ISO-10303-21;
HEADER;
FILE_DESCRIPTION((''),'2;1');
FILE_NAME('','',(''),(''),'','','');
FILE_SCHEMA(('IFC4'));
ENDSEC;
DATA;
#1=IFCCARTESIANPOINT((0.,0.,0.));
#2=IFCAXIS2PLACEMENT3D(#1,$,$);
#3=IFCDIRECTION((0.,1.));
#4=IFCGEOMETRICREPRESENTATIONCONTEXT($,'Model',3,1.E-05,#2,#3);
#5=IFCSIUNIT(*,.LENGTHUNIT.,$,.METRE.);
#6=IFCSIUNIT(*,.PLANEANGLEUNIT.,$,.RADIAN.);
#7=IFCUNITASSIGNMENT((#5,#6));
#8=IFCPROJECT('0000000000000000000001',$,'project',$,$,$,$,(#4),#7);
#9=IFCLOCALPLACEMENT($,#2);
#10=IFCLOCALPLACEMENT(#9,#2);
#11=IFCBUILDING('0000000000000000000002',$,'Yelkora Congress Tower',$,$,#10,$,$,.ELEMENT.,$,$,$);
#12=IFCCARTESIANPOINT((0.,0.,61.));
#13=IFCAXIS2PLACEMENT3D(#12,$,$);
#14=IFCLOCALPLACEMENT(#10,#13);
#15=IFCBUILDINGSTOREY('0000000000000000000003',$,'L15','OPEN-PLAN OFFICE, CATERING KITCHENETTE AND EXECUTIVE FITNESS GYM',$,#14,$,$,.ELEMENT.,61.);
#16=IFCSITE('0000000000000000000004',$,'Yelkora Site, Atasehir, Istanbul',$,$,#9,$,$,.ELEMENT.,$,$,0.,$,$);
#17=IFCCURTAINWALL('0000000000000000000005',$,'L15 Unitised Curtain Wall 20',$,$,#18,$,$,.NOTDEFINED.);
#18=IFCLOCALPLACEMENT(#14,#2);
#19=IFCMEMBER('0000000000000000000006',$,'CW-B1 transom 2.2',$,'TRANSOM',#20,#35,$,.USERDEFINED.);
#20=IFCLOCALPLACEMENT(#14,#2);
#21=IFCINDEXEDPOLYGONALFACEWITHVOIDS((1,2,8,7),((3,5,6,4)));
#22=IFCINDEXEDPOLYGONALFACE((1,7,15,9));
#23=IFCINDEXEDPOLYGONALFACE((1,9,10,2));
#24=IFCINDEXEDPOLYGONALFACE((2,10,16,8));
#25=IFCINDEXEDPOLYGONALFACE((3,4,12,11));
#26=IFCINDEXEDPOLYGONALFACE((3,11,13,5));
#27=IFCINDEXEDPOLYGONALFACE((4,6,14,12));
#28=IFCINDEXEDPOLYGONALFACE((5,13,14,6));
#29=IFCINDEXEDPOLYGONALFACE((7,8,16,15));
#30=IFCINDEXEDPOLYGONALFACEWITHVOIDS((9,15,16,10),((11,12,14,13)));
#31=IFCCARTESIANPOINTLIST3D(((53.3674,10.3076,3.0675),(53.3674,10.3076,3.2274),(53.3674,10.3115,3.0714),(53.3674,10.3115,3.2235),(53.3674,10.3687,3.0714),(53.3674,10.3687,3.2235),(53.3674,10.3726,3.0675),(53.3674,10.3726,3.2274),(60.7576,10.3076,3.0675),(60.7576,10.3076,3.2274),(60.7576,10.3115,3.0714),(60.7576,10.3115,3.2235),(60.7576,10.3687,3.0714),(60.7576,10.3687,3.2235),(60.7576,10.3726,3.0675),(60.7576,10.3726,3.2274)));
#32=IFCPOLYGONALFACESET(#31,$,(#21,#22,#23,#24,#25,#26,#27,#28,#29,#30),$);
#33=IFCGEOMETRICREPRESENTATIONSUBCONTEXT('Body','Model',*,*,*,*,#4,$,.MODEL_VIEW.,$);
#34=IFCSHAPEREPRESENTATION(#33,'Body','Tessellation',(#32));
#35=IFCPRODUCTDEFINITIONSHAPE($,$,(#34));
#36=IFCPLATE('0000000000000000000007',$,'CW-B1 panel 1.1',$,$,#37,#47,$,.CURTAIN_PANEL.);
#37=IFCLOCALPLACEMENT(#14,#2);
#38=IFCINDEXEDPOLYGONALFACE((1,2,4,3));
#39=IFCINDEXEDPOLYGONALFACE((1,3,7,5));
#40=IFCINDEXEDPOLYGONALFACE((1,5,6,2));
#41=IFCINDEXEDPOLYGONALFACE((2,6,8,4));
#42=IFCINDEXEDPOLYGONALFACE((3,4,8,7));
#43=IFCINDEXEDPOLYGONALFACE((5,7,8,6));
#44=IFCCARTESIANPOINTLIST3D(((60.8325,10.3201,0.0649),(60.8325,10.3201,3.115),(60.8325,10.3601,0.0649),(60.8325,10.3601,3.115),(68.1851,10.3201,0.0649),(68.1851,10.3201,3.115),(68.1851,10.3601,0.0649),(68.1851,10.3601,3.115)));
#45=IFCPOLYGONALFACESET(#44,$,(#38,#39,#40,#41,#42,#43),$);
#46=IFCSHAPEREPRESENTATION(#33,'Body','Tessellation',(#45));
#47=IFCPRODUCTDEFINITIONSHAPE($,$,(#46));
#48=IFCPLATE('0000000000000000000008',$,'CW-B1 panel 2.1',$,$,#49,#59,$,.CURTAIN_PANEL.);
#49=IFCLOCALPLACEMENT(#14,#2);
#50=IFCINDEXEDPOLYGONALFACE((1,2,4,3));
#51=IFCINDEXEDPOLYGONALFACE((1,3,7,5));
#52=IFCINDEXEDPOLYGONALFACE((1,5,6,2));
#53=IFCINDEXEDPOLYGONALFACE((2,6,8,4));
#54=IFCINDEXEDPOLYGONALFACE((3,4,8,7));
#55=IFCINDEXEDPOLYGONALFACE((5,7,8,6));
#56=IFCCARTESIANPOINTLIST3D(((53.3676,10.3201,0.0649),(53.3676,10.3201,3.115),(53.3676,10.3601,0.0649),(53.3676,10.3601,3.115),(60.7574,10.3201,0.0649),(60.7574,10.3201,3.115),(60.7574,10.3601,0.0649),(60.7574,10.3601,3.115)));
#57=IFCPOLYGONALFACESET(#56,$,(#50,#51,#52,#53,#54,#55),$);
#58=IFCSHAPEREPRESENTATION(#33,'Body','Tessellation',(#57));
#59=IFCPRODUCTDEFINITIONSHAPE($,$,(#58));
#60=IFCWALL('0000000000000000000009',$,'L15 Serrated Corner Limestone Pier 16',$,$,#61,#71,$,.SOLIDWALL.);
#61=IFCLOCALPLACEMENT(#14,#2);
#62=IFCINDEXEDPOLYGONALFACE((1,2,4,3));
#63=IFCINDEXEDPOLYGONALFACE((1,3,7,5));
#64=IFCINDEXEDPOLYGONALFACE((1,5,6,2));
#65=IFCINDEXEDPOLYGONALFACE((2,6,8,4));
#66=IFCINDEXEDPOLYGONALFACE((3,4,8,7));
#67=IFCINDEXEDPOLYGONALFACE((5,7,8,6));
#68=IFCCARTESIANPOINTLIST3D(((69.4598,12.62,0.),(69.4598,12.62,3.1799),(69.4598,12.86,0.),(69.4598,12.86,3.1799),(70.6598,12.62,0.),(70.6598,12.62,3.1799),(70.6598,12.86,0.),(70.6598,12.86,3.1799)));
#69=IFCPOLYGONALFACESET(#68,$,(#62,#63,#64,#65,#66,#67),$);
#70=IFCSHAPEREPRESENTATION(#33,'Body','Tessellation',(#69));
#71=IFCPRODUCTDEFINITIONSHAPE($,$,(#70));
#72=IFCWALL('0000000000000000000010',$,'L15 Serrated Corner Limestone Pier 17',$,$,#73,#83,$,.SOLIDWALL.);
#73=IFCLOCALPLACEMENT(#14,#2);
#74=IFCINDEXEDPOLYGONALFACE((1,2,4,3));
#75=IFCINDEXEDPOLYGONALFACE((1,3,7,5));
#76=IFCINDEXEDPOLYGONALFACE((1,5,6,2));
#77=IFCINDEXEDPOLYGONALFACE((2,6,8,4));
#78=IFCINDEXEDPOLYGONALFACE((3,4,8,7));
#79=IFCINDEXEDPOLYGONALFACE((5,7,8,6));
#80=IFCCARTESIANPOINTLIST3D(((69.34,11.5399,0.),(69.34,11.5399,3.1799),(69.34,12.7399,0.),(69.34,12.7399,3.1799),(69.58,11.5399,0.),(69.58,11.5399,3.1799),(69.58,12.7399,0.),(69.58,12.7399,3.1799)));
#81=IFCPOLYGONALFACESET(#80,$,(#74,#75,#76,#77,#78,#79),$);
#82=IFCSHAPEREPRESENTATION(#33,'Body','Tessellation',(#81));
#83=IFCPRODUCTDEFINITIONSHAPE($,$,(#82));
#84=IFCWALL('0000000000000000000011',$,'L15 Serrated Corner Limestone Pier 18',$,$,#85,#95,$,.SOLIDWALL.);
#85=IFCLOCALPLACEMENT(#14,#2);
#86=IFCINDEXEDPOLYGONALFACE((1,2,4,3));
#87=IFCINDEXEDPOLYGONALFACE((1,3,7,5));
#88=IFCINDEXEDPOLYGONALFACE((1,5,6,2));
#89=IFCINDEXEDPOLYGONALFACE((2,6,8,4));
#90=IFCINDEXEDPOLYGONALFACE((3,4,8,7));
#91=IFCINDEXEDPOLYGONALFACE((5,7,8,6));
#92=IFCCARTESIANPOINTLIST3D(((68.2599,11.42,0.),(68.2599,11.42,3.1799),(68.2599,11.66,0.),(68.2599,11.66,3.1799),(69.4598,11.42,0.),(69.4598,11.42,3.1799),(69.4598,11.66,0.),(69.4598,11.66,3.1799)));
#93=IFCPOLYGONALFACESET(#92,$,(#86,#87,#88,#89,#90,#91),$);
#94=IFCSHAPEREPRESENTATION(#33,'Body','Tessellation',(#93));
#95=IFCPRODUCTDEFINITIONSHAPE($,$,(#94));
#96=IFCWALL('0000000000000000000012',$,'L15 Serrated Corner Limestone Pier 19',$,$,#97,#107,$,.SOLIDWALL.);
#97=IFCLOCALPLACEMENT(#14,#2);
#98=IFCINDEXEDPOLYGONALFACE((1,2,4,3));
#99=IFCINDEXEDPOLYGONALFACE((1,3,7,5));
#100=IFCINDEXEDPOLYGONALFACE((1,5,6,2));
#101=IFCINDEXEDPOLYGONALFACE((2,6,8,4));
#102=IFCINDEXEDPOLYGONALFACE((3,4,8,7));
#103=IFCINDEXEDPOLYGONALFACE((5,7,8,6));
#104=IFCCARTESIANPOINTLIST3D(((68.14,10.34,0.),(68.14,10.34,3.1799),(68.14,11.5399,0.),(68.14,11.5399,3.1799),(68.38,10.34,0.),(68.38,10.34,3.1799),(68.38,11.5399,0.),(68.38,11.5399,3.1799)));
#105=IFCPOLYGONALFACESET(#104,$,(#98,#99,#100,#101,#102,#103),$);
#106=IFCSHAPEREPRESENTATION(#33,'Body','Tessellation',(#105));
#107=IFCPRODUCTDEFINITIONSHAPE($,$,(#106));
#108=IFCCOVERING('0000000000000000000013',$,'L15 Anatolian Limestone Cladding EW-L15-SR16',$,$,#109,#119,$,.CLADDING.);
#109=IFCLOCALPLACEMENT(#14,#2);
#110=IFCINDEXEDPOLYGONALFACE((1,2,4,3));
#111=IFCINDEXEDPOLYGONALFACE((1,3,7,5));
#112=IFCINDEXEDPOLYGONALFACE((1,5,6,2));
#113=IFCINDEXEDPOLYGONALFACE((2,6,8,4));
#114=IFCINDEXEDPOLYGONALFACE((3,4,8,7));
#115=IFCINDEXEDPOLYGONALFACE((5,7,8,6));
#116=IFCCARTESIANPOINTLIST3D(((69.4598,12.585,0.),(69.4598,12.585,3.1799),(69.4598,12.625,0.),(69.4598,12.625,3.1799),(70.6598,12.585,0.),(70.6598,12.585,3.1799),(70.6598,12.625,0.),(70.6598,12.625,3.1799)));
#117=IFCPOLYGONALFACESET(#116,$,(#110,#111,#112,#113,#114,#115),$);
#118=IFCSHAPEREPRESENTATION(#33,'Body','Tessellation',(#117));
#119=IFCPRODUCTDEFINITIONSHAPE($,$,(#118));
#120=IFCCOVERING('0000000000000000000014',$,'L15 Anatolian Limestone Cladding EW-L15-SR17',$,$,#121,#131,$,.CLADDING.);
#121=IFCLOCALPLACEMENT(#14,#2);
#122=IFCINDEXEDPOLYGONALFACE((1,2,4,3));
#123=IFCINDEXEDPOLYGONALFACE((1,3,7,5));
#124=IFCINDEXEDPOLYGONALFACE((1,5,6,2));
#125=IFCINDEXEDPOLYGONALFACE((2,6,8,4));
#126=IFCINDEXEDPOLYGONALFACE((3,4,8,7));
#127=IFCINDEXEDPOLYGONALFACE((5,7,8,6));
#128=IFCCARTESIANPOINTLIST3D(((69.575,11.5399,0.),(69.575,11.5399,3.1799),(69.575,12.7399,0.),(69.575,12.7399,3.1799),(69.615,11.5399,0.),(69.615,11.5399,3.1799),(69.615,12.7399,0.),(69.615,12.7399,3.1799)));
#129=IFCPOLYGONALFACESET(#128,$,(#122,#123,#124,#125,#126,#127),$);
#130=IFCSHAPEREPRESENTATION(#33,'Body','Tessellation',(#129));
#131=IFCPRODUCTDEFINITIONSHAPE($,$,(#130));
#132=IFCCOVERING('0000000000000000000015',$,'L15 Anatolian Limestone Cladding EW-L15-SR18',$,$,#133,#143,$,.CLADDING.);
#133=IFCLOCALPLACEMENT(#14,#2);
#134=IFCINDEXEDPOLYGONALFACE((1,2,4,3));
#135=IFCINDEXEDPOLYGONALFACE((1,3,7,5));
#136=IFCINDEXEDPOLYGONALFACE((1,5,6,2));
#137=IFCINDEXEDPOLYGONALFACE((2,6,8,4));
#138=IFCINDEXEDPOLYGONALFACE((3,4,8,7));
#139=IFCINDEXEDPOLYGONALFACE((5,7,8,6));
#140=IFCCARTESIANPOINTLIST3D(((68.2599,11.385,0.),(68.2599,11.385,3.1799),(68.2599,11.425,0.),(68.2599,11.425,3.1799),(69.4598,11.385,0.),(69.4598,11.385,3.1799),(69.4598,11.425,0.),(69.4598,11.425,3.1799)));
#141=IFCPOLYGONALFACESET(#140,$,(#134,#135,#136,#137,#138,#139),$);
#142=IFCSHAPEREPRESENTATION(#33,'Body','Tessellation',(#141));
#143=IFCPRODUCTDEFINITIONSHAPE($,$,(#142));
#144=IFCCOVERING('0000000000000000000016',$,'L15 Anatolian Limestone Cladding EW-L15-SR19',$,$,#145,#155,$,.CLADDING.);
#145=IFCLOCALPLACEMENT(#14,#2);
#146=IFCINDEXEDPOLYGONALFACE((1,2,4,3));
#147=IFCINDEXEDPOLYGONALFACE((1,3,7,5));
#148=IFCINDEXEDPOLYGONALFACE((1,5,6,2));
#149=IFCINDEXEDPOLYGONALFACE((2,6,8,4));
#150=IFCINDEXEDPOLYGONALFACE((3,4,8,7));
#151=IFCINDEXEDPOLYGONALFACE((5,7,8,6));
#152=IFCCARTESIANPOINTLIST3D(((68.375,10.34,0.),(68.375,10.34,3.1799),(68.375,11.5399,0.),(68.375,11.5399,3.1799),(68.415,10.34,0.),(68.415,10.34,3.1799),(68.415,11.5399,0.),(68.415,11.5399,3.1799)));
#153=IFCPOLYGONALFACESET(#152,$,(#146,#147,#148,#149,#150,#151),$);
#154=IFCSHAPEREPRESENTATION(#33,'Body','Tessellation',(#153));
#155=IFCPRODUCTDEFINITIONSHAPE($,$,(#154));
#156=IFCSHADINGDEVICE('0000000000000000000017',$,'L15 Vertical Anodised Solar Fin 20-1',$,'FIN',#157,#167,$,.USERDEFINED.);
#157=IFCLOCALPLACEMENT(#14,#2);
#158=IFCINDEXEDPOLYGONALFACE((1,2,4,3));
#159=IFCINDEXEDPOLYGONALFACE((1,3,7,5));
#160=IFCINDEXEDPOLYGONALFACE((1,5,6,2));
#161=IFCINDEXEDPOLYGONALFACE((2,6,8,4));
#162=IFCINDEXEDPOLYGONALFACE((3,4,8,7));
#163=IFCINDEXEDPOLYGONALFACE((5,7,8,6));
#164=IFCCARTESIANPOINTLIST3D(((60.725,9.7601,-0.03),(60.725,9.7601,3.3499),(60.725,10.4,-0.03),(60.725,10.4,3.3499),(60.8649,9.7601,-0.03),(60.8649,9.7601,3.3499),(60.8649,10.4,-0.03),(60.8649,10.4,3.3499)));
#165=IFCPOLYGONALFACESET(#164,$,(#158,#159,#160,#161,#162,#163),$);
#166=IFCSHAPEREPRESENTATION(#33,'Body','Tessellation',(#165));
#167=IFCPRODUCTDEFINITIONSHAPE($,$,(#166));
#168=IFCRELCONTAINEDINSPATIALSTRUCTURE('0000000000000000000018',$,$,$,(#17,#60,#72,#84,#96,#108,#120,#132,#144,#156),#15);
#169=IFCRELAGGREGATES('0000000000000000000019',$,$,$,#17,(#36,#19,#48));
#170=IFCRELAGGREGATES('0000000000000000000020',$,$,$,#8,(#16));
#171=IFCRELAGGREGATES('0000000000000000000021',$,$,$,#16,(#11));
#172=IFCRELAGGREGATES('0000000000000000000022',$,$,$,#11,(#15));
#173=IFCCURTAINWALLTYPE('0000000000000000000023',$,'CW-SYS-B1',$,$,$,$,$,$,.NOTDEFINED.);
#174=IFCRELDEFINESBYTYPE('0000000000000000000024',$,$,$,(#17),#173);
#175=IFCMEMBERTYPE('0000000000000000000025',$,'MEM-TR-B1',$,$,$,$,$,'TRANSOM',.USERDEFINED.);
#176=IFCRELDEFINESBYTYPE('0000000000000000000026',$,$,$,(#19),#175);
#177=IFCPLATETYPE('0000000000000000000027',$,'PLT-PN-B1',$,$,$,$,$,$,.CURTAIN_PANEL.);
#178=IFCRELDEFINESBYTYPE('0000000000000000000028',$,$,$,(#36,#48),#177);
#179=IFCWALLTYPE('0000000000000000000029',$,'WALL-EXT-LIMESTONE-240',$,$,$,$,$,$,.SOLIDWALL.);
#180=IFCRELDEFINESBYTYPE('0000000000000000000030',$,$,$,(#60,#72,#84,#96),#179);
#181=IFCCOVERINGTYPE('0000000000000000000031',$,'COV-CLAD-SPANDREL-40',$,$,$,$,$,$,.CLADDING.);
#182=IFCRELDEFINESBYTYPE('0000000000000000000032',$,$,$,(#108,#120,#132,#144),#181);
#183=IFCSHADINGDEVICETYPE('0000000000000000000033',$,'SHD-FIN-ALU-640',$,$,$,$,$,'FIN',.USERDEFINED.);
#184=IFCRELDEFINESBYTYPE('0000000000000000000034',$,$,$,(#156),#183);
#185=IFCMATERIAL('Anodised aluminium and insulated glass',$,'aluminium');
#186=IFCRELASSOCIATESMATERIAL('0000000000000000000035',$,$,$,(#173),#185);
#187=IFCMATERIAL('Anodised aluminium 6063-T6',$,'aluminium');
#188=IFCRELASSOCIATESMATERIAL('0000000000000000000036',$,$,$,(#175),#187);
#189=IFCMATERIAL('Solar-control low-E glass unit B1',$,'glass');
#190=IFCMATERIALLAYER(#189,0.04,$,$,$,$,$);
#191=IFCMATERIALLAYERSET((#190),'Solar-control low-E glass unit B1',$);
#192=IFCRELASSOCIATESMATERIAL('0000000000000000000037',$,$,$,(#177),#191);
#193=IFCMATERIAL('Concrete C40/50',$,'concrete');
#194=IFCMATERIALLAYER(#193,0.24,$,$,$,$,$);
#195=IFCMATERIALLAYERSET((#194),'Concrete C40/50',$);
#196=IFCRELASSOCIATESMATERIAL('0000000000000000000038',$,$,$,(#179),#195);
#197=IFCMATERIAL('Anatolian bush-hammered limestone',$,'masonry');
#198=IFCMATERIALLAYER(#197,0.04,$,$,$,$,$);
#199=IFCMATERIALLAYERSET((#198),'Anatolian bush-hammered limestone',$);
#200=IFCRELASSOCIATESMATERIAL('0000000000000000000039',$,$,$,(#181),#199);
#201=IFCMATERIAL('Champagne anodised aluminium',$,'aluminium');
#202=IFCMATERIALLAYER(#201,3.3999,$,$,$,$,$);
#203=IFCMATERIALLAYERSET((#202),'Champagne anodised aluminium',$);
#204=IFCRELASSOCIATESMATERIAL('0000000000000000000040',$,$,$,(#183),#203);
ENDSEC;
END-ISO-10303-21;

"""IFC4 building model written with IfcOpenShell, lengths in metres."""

from ifc_helpers import new_model, si_unit, direction, frame, frame_2d, origin, origin_2d, place, context, subcontext, project, spatial, rectangle, hollow_rectangle, extrude, material, layer, layer_set, material_profile, profile_set, type_object, element, aggregate, save


model = new_model("IFC4")

# Units and contexts
model_context = context("Model", 3, precision=1e-05, world=origin(), true_north=direction((0.0, 1.0)))
body_context = subcontext(model_context, "Body", "Model", "MODEL_VIEW")
ifc_project = project(units=[si_unit("LENGTHUNIT", "METRE"), si_unit("PLANEANGLEUNIT", "RADIAN")], contexts=[model_context])

# Site, building, storey
site_placement = place(None, origin())
site = spatial("IfcSite", under=ifc_project, at=site_placement, Name="Yelkora Site, Atasehir, Istanbul", CompositionType="ELEMENT", RefElevation=0.0)
building_placement = place(site_placement, origin())
building = spatial("IfcBuilding", under=site, at=building_placement, Name="Yelkora Congress Tower", CompositionType="ELEMENT")
storey_placement = place(building_placement, frame((0.0, 0.0, 61.0)))
storey = spatial("IfcBuildingStorey", under=building, at=storey_placement, Name="L15", Description="OPEN-PLAN OFFICE, CATERING KITCHENETTE AND EXECUTIVE FITNESS GYM", CompositionType="ELEMENT", Elevation=61.0)

# Curtain wall, member, plates
ifc_material_1 = material(Name="Anodised aluminium and insulated glass", Category="aluminium")
curtain_wall_type = type_object("IfcCurtainWallType", Name="CW-SYS-B1", PredefinedType="NOTDEFINED", material=ifc_material_1)
curtain_wall_placement = place(storey_placement, origin())
curtain_wall = element("IfcCurtainWall", 1, at=curtain_wall_placement, inside=storey, type_object=curtain_wall_type, Name="L15 Unitised Curtain Wall 20", PredefinedType="NOTDEFINED")
ifc_material_2 = material(Name="Anodised aluminium 6063-T6", Category="aluminium")
ifc_material_profile_1 = material_profile(ifc_material_2, hollow_rectangle(XDim=0.0649, YDim=0.1599, WallThickness=0.0039, at=origin_2d()), Name="ALU 65x160x4")
ifc_profile_set_1 = profile_set([ifc_material_profile_1], Name="Anodised aluminium 6063-T6")
member_type_1 = type_object("IfcMemberType", Name="MEM-TR-B1", ElementType="TRANSOM", PredefinedType="USERDEFINED", material=ifc_profile_set_1)
member_1_placement = place(storey_placement, frame((60.7576, 10.3401, 3.1475), z_axis=(-1.0, 0.0, 0.0), x_axis=(0.0, -1.0, 0.0)))
member_1 = element("IfcMember", 2, at=member_1_placement, type_object=member_type_1, Name="CW-B1 transom 2.2", ObjectType="TRANSOM", PredefinedType="USERDEFINED", context=body_context, shape_type="SweptSolid", body=[
    extrude(hollow_rectangle(XDim=0.0649, YDim=0.1599, WallThickness=0.0039, at=origin_2d()), origin(), (0.0, 0.0, 1.0), 7.3901),
])
ifc_material_3 = material(Name="Solar-control low-E glass unit B1", Category="glass")
ifc_layer_1 = layer(ifc_material_3, 0.04)
ifc_layer_set_1 = layer_set([ifc_layer_1], Name="Solar-control low-E glass unit B1")
plate_type = type_object("IfcPlateType", Name="PLT-PN-B1", PredefinedType="CURTAIN_PANEL", material=ifc_layer_set_1)
plate_1_placement = place(storey_placement, frame((64.5088, 10.3401, 0.0649), z_axis=(0.0, 0.0, 1.0), x_axis=(-1.0, 0.0, 0.0)))
plate_1 = element("IfcPlate", 3, at=plate_1_placement, type_object=plate_type, Name="CW-B1 panel 1.1", PredefinedType="CURTAIN_PANEL", context=body_context, shape_type="SweptSolid", body=[
    extrude(rectangle(XDim=7.3525, YDim=0.04, at=origin_2d()), origin(), (0.0, 0.0, 1.0), 3.05),
])
plate_2_placement = place(storey_placement, frame((57.0625, 10.3401, 0.0649), z_axis=(0.0, 0.0, 1.0), x_axis=(-1.0, 0.0, 0.0)))
plate_2 = element("IfcPlate", 4, at=plate_2_placement, type_object=plate_type, Name="CW-B1 panel 2.1", PredefinedType="CURTAIN_PANEL", context=body_context, shape_type="SweptSolid", body=[
    extrude(rectangle(XDim=7.3899, YDim=0.04, at=origin_2d()), origin(), (0.0, 0.0, 1.0), 3.05),
])
aggregate(curtain_wall, [plate_1, member_1, plate_2])

# Walls
ifc_material_4 = material(Name="Concrete C40/50", Category="concrete")
ifc_layer_2 = layer(ifc_material_4, 0.24)
ifc_layer_set_2 = layer_set([ifc_layer_2], Name="Concrete C40/50")
wall_type = type_object("IfcWallType", Name="WALL-EXT-LIMESTONE-240", PredefinedType="SOLIDWALL", material=ifc_layer_set_2)
for number, where, z_axis, x_axis, name in (
    (5, (70.6599, 12.74, 0.0), (0.0, 0.0, 1.0), (-1.0, 0.0, 0.0), "L15 Serrated Corner Limestone Pier 16"),
    (6, (69.46, 12.74, 0.0), (0.0, 0.0, 1.0), (0.0, -1.0, 0.0), "L15 Serrated Corner Limestone Pier 17"),
    (7, (69.46, 11.54, 0.0), (0.0, 0.0, 1.0), (-1.0, 0.0, 0.0), "L15 Serrated Corner Limestone Pier 18"),
    (8, (68.26, 11.54, 0.0), (0.0, 0.0, 1.0), (0.0, -1.0, 0.0), "L15 Serrated Corner Limestone Pier 19"),
):
    element("IfcWall", number, at=place(storey_placement, frame(where, z_axis=z_axis, x_axis=x_axis)), inside=storey, type_object=wall_type, Name=name, PredefinedType="SOLIDWALL", context=body_context, shape_type="SweptSolid", body=[
        extrude(rectangle(XDim=1.2, YDim=0.24, at=frame_2d((0.6001, 0.0))), origin(), (0.0, 0.0, 1.0), 3.1799),
    ])

# Coverings
ifc_material_5 = material(Name="Anatolian bush-hammered limestone", Category="masonry")
ifc_layer_3 = layer(ifc_material_5, 0.04)
ifc_layer_set_3 = layer_set([ifc_layer_3], Name="Anatolian bush-hammered limestone")
covering_type = type_object("IfcCoveringType", Name="COV-CLAD-SPANDREL-40", PredefinedType="CLADDING", material=ifc_layer_set_3)
for number, where, z_axis, x_axis, name in (
    (9, (70.6599, 12.605, 0.0), (0.0, 0.0, 1.0), (-1.0, 0.0, 0.0), "L15 Anatolian Limestone Cladding EW-L15-SR16"),
    (10, (69.595, 12.74, 0.0), (0.0, 0.0, 1.0), (0.0, -1.0, 0.0), "L15 Anatolian Limestone Cladding EW-L15-SR17"),
    (11, (69.46, 11.405, 0.0), (0.0, 0.0, 1.0), (-1.0, 0.0, 0.0), "L15 Anatolian Limestone Cladding EW-L15-SR18"),
    (12, (68.395, 11.54, 0.0), (0.0, 0.0, 1.0), (0.0, -1.0, 0.0), "L15 Anatolian Limestone Cladding EW-L15-SR19"),
):
    element("IfcCovering", number, at=place(storey_placement, frame(where, z_axis=z_axis, x_axis=x_axis)), inside=storey, type_object=covering_type, Name=name, PredefinedType="CLADDING", context=body_context, shape_type="SweptSolid", body=[
        extrude(rectangle(XDim=1.2, YDim=0.04, at=frame_2d((0.6001, 0.0))), origin(), (0.0, 0.0, 1.0), 3.1799),
    ])

# Shading device
ifc_material_6 = material(Name="Champagne anodised aluminium", Category="aluminium")
ifc_layer_4 = layer(ifc_material_6, 3.3999)
ifc_layer_set_4 = layer_set([ifc_layer_4], Name="Champagne anodised aluminium")
shading_device_type = type_object("IfcShadingDeviceType", Name="SHD-FIN-ALU-640", ElementType="FIN", PredefinedType="USERDEFINED", material=ifc_layer_set_4)
shading_device_placement = place(storey_placement, frame((60.7949, 10.0801, -0.03), z_axis=(0.0, 0.0, 1.0), x_axis=(-1.0, 0.0, 0.0)))
element("IfcShadingDevice", 13, at=shading_device_placement, inside=storey, type_object=shading_device_type, Name="L15 Vertical Anodised Solar Fin 20-1", ObjectType="FIN", PredefinedType="USERDEFINED", context=body_context, shape_type="SweptSolid", body=[
    extrude(rectangle(XDim=0.1399, YDim=0.6399, at=origin_2d()), origin(), (0.0, 0.0, 1.0), 3.3799),
])

save(model, "model.ifc")
